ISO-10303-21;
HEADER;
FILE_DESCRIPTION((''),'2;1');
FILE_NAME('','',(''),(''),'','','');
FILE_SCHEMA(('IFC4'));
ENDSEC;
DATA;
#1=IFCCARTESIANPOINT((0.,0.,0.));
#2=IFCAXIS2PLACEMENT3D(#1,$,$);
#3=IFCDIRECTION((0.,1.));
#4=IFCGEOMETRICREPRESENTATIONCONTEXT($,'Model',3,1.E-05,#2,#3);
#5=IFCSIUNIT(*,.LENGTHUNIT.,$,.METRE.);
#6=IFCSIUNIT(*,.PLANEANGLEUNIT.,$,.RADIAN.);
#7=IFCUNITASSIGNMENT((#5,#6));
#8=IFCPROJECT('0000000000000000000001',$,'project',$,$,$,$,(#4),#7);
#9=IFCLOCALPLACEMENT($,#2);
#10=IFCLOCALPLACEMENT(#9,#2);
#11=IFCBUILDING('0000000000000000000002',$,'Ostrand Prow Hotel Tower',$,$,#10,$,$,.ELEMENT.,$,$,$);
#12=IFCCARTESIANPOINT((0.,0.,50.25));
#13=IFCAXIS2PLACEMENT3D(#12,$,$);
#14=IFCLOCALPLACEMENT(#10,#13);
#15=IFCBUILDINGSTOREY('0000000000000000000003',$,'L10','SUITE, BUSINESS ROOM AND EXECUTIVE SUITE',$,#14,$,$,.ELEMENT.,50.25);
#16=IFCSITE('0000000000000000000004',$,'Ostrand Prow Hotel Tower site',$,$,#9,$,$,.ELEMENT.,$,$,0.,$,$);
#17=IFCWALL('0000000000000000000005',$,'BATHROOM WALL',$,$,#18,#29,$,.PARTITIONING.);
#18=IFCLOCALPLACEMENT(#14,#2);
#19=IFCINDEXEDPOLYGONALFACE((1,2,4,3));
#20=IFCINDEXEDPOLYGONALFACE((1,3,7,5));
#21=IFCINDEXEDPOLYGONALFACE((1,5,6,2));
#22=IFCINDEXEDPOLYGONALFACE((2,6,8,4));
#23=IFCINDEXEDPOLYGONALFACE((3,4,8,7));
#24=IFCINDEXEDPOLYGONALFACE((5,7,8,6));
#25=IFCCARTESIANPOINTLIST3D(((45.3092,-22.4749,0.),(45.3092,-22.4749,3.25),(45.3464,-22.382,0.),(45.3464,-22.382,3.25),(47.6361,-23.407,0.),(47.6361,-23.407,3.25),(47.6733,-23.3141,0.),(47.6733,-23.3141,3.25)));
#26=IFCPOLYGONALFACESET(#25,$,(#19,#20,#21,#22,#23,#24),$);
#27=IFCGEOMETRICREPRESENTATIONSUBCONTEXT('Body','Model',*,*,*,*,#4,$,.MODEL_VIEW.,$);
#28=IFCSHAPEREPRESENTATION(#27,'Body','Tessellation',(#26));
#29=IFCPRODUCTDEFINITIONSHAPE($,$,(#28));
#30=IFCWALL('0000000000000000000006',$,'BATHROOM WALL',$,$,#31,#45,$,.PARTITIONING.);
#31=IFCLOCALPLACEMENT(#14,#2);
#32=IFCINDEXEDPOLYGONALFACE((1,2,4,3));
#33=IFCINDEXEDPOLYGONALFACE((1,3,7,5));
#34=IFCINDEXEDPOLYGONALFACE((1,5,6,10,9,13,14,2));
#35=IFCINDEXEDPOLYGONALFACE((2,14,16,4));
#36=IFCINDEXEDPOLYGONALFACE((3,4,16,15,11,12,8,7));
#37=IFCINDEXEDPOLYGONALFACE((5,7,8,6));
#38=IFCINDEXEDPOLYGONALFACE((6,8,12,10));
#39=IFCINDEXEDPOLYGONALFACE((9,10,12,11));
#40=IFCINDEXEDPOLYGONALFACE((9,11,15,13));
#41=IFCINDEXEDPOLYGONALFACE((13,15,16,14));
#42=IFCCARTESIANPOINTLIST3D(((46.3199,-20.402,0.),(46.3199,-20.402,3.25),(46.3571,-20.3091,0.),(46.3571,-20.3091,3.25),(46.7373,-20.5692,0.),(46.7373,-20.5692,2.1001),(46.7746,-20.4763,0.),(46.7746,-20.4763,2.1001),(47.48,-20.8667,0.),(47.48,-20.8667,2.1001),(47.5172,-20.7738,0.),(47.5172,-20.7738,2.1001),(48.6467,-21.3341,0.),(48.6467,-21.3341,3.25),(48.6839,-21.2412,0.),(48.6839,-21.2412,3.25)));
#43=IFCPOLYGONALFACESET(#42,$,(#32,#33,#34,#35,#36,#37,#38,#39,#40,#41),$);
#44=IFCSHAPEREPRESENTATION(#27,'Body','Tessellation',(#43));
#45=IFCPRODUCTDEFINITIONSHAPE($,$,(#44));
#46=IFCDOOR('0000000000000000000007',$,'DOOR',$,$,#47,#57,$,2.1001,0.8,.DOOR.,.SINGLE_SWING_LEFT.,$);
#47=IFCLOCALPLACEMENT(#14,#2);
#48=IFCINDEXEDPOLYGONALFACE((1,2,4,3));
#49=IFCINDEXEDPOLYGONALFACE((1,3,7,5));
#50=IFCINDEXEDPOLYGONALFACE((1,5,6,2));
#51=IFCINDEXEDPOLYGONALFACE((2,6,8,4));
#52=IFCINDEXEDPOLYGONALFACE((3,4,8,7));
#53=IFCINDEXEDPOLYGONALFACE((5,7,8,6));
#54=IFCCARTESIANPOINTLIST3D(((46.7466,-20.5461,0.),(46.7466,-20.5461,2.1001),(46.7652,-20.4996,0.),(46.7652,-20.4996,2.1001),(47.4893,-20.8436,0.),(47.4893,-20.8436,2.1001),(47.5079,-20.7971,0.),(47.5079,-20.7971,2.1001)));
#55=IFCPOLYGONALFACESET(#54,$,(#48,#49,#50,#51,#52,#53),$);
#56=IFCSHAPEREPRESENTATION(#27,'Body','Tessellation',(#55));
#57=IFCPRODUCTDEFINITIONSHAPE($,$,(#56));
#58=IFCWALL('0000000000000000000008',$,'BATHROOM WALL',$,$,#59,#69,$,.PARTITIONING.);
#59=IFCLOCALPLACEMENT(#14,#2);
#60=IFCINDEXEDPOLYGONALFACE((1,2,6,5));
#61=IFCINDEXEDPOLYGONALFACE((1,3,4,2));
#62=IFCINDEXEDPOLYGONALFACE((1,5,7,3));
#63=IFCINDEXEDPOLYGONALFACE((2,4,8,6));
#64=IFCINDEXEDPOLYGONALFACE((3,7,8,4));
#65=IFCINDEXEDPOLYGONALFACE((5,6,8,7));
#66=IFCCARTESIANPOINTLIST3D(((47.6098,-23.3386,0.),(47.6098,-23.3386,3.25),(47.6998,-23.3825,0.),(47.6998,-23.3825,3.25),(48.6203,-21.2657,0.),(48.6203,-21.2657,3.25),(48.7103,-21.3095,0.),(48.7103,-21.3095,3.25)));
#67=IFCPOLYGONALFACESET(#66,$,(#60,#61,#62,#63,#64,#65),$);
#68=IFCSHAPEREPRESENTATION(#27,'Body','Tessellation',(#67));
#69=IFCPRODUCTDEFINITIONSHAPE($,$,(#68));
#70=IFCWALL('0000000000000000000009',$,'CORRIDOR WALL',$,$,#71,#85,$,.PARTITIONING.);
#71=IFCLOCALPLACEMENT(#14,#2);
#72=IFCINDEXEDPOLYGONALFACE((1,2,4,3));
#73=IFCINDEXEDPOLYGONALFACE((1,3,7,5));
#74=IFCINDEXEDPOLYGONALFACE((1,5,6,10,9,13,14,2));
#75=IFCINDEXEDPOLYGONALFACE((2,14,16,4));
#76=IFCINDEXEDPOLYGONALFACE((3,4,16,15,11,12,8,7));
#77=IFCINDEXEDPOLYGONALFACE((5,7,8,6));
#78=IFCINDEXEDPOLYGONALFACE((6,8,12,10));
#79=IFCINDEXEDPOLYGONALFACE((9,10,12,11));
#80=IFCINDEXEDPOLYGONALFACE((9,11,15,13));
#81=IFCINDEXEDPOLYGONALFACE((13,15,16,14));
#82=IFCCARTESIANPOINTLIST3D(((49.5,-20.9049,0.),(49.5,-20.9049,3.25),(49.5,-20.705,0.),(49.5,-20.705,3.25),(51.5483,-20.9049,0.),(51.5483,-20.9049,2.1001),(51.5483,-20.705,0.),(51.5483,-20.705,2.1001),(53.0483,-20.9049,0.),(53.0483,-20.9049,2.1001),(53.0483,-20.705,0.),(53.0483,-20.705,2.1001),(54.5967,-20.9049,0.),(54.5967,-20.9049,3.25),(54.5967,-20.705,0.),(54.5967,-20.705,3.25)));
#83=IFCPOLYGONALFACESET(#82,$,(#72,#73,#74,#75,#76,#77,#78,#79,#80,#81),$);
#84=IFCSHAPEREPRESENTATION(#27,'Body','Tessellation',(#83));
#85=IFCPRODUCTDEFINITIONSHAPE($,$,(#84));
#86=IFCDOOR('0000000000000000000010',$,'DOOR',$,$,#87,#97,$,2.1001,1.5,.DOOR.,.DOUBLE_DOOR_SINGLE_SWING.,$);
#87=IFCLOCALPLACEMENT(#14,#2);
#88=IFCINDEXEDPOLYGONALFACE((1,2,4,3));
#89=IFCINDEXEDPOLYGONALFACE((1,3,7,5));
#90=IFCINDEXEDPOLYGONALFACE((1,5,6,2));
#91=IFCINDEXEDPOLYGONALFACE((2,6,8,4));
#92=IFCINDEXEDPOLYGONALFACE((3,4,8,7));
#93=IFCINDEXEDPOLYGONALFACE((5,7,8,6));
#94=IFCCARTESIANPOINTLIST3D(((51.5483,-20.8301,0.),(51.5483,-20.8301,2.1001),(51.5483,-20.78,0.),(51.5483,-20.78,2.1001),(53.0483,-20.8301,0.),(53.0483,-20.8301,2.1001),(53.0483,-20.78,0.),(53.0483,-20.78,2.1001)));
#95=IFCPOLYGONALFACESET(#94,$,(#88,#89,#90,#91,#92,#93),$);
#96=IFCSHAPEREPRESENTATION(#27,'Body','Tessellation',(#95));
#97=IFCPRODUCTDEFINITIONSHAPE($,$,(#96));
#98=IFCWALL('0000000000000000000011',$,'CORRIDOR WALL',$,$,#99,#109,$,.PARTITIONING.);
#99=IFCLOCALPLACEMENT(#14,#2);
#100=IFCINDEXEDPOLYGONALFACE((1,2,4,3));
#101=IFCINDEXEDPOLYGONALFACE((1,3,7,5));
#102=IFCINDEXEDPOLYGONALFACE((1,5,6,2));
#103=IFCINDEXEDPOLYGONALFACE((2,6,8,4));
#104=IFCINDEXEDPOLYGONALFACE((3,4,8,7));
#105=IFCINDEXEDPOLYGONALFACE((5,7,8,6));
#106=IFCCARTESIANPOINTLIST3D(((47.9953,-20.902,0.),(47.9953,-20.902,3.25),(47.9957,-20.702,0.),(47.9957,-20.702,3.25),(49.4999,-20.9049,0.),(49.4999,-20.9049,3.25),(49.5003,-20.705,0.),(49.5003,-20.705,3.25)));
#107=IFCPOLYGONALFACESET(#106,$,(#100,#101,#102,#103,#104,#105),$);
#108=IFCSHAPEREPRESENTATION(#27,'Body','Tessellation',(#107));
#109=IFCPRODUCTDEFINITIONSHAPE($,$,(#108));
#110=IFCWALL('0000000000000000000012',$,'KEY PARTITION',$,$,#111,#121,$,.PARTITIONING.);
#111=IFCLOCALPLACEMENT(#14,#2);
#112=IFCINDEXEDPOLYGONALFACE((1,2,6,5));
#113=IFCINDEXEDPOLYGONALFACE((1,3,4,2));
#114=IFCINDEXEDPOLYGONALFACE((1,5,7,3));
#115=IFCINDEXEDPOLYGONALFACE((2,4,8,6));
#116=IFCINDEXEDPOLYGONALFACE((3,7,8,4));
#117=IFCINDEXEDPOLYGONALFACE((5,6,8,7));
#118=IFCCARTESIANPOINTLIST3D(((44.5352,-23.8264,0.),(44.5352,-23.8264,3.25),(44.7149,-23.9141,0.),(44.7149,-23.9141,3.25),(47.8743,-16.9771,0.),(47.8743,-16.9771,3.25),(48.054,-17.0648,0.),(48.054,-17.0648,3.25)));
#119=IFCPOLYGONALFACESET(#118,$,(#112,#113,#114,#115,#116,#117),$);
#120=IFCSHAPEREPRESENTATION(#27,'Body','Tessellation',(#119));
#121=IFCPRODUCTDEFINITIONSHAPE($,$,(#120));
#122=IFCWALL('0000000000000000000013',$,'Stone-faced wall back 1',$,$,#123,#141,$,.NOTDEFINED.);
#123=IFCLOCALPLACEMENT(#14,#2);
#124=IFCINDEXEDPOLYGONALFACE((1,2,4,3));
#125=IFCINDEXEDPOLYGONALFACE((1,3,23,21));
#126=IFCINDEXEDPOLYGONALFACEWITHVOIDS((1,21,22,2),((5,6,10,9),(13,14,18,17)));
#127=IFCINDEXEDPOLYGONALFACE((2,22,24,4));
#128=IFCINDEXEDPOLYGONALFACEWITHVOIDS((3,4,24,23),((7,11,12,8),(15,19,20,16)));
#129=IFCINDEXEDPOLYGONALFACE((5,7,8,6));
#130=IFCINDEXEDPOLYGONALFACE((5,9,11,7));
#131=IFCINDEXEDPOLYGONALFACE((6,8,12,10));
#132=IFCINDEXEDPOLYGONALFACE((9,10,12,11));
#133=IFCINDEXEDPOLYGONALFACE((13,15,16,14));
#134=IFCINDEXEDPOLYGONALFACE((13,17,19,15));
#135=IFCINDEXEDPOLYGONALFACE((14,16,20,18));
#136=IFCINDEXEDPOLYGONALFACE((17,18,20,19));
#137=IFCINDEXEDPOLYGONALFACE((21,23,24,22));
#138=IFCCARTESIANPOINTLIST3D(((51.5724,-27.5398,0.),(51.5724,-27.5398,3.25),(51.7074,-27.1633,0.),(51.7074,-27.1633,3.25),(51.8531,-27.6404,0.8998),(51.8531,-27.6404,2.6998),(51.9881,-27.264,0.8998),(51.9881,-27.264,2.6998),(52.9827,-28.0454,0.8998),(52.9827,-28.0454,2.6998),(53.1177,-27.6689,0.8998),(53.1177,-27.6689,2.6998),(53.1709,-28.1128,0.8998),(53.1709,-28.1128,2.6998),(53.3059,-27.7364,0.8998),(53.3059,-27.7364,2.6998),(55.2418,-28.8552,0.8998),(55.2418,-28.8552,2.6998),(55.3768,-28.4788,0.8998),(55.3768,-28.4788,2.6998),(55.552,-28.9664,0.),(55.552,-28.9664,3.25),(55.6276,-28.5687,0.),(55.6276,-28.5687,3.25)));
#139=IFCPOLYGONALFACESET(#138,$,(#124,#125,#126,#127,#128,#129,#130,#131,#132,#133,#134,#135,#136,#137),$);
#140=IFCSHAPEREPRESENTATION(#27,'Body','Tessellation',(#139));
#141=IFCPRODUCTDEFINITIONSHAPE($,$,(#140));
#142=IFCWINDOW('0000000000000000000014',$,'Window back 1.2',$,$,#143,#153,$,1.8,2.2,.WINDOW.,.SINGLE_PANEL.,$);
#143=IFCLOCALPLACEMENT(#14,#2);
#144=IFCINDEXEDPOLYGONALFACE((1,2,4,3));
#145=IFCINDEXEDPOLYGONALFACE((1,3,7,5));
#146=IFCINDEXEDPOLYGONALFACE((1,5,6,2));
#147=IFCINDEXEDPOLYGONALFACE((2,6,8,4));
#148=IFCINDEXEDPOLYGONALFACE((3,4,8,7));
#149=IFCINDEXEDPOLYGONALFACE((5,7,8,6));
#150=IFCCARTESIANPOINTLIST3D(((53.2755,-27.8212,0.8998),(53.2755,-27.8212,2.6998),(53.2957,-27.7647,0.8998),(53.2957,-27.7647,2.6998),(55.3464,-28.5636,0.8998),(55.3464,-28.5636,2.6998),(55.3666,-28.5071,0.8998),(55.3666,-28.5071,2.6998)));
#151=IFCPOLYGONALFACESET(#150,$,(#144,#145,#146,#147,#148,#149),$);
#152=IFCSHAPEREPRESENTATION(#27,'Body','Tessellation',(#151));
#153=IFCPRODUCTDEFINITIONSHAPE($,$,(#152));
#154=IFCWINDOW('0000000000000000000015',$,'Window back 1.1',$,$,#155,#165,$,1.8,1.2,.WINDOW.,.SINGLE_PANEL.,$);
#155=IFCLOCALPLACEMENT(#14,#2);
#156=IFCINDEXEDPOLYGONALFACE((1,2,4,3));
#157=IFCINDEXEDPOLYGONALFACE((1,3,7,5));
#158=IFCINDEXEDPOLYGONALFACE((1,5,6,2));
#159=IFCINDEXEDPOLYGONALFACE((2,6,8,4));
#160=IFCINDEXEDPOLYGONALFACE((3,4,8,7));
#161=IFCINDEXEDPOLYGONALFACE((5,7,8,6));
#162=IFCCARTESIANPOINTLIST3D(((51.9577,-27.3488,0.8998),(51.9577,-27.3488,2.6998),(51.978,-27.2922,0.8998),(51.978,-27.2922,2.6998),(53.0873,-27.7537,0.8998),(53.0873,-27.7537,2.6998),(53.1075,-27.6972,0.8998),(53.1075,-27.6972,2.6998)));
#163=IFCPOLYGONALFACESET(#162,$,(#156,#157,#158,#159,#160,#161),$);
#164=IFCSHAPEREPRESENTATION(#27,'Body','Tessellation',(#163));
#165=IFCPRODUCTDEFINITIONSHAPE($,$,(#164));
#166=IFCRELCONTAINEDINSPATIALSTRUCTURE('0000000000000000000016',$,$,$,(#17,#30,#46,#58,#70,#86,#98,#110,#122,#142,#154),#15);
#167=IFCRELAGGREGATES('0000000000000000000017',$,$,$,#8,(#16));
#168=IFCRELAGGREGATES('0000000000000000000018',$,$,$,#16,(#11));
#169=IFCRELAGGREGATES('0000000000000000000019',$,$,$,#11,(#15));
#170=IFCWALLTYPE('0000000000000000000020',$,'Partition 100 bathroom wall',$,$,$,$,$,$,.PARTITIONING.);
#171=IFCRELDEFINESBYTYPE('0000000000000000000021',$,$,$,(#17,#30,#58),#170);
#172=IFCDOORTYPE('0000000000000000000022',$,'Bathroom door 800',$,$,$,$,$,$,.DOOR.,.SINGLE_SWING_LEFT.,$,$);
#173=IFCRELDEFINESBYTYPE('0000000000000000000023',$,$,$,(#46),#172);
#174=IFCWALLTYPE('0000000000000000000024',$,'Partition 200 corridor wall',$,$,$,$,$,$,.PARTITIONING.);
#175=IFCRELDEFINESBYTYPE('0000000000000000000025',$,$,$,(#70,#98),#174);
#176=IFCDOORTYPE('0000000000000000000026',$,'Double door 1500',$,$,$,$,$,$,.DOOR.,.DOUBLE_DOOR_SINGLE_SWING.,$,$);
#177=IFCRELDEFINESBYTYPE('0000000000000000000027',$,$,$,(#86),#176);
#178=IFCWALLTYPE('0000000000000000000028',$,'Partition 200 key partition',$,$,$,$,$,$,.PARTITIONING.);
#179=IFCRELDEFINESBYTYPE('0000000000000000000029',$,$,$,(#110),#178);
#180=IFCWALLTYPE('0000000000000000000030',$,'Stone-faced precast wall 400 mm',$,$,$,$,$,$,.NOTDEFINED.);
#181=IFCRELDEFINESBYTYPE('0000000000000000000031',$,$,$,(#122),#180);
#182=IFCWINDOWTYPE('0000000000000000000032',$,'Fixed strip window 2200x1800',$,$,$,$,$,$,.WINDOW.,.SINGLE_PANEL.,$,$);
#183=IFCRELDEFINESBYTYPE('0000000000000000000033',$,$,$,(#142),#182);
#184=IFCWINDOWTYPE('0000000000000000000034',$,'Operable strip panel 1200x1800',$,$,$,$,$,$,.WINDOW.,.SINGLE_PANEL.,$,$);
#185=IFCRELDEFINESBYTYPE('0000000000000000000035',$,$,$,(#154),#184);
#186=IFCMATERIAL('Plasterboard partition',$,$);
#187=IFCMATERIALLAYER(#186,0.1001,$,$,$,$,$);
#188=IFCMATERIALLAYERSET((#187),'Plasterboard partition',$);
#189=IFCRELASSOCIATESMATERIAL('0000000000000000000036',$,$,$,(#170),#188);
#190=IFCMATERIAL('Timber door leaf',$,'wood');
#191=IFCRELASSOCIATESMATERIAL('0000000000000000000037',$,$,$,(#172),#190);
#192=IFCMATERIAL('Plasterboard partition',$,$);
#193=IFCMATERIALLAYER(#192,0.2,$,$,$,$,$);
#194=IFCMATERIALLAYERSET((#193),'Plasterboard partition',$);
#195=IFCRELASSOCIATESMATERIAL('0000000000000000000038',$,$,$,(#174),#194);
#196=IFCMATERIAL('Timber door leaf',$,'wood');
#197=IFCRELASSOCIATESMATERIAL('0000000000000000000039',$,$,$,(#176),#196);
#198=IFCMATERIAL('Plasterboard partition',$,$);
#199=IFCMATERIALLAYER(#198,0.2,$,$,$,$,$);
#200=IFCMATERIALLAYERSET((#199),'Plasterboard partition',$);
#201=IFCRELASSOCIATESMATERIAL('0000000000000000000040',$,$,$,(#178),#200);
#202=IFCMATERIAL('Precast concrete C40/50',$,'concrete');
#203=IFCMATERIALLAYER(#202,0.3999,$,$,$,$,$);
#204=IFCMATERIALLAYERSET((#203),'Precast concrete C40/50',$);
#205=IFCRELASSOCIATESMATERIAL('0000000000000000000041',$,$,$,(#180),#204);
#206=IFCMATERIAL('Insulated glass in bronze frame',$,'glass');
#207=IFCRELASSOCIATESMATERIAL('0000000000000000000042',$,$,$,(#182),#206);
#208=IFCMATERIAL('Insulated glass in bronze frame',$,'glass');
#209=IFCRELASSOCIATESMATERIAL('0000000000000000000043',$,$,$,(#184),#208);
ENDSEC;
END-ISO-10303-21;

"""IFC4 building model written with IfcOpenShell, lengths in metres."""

from ifc_helpers import new_model, si_unit, direction, frame, frame_2d, origin, place, context, subcontext, project, spatial, polyline, rectangle, outline, extrude, material, layer, layer_set, type_object, element, fill, save


model = new_model("IFC4")

# Units and contexts
model_context = context("Model", 3, precision=1e-05, world=origin(), true_north=direction((0.0, 1.0)))
body_context = subcontext(model_context, "Body", "Model", "MODEL_VIEW")
ifc_project = project(units=[si_unit("LENGTHUNIT", "METRE"), si_unit("PLANEANGLEUNIT", "RADIAN")], contexts=[model_context])

# Site, building, storey
site_placement = place(None, origin())
site = spatial("IfcSite", under=ifc_project, at=site_placement, Name="Ostrand Prow Hotel Tower site", CompositionType="ELEMENT", RefElevation=0.0)
building_placement = place(site_placement, origin())
building = spatial("IfcBuilding", under=site, at=building_placement, Name="Ostrand Prow Hotel Tower", CompositionType="ELEMENT")
storey_placement = place(building_placement, frame((0.0, 0.0, 50.25)))
storey = spatial("IfcBuildingStorey", under=building, at=storey_placement, Name="L10", Description="SUITE, BUSINESS ROOM AND EXECUTIVE SUITE", CompositionType="ELEMENT", Elevation=50.25)

# Wall
ifc_material_1 = material(Name="Plasterboard partition")
ifc_layer_1 = layer(ifc_material_1, 0.1001)
ifc_layer_set_1 = layer_set([ifc_layer_1], Name="Plasterboard partition")
wall_type_1 = type_object("IfcWallType", Name="Partition 100 bathroom wall", PredefinedType="PARTITIONING", material=ifc_layer_set_1)
wall_1_placement = place(storey_placement, frame((47.6548, -23.3606, 0.0), z_axis=(0.0, 0.0, 1.0), x_axis=(-0.928288, 0.371861, 0.0)))
element("IfcWall", 1, at=wall_1_placement, inside=storey, type_object=wall_type_1, Name="BATHROOM WALL", PredefinedType="PARTITIONING", context=body_context, shape_type="SweptSolid", body=[
    extrude(rectangle(XDim=2.5066, YDim=0.1001, at=frame_2d((1.2534, 0.0))), origin(), (0.0, 0.0, 1.0), 3.25),
])

# Wall, opening, door
wall_2_placement = place(storey_placement, frame((46.3384, -20.3555, 0.0), z_axis=(0.0, 0.0, 1.0), x_axis=(0.928288, -0.371861, 0.0)))
wall_2 = element("IfcWall", 2, at=wall_2_placement, inside=storey, type_object=wall_type_1, Name="BATHROOM WALL", PredefinedType="PARTITIONING", context=body_context, shape_type="SweptSolid", body=[
    extrude(rectangle(XDim=2.5066, YDim=0.1001, at=frame_2d((1.2534, 0.0))), origin(), (0.0, 0.0, 1.0), 3.25),
])
opening_1_placement = place(wall_2_placement, frame((0.45, 0.0, 0.0)))
opening_1 = element("IfcOpeningElement", 3, at=opening_1_placement, cuts=wall_2, PredefinedType="OPENING", context=body_context, shape_type="SweptSolid", body=[
    extrude(rectangle(XDim=0.8, YDim=2.1001, at=frame_2d((0.3999, 1.05))), frame((0.0, 0.0601, 0.0), z_axis=(0.0, -1.0, 0.0), x_axis=(1.0, 0.0, 0.0)), (0.0, 0.0, 1.0), 0.1201),
])
ifc_material_2 = material(Name="Timber door leaf", Category="wood")
door_type_1 = type_object("IfcDoorType", Name="Bathroom door 800", OperationType="SINGLE_SWING_LEFT", PredefinedType="DOOR", material=ifc_material_2)
door_1_placement = place(opening_1_placement, origin())
door_1 = element("IfcDoor", 4, at=door_1_placement, inside=storey, type_object=door_type_1, Name="DOOR", OperationType="SINGLE_SWING_LEFT", OverallHeight=2.1001, OverallWidth=0.8, PredefinedType="DOOR", context=body_context, shape_type="SweptSolid", body=[
    extrude(rectangle(XDim=0.8, YDim=2.1001, at=frame_2d((0.3999, 1.05))), frame((0.0, 0.0249, 0.0), z_axis=(0.0, -1.0, 0.0), x_axis=(1.0, 0.0, 0.0)), (0.0, 0.0, 1.0), 0.05),
])
fill(opening_1, door_1)

# Wall
wall_3_placement = place(storey_placement, frame((48.6653, -21.2876, 0.0), z_axis=(0.0, 0.0, 1.0), x_axis=(-0.438171, -0.898892, 0.0)))
element("IfcWall", 5, at=wall_3_placement, inside=storey, type_object=wall_type_1, Name="BATHROOM WALL", PredefinedType="PARTITIONING", context=body_context, shape_type="SweptSolid", body=[
    extrude(rectangle(XDim=2.3062, YDim=0.1001, at=frame_2d((1.1531, 0.0))), origin(), (0.0, 0.0, 1.0), 3.25),
])

# Wall, opening, door
ifc_material_3 = material(Name="Plasterboard partition")
ifc_layer_2 = layer(ifc_material_3, 0.2)
ifc_layer_set_2 = layer_set([ifc_layer_2], Name="Plasterboard partition")
wall_type_2 = type_object("IfcWallType", Name="Partition 200 corridor wall", PredefinedType="PARTITIONING", material=ifc_layer_set_2)
wall_4_placement = place(storey_placement, frame((49.5, -20.8049, 0.0), z_axis=(0.0, 0.0, 1.0), x_axis=(1.0, 0.0, 0.0)))
wall_4 = element("IfcWall", 6, at=wall_4_placement, inside=storey, type_object=wall_type_2, Name="CORRIDOR WALL", PredefinedType="PARTITIONING", context=body_context, shape_type="SweptSolid", body=[
    extrude(rectangle(XDim=5.0967, YDim=0.2, at=frame_2d((2.5483, 0.0))), origin(), (0.0, 0.0, 1.0), 3.25),
])
opening_2_placement = place(wall_4_placement, frame((2.0483, 0.0, 0.0)))
opening_2 = element("IfcOpeningElement", 7, at=opening_2_placement, cuts=wall_4, PredefinedType="OPENING", context=body_context, shape_type="SweptSolid", body=[
    extrude(rectangle(XDim=1.5, YDim=2.1001, at=frame_2d((0.75, 1.05))), frame((0.0, 0.1099, 0.0), z_axis=(0.0, -1.0, 0.0), x_axis=(1.0, 0.0, 0.0)), (0.0, 0.0, 1.0), 0.22),
])
ifc_material_4 = material(Name="Timber door leaf", Category="wood")
door_type_2 = type_object("IfcDoorType", Name="Double door 1500", OperationType="DOUBLE_DOOR_SINGLE_SWING", PredefinedType="DOOR", material=ifc_material_4)
door_2_placement = place(opening_2_placement, origin())
door_2 = element("IfcDoor", 8, at=door_2_placement, inside=storey, type_object=door_type_2, Name="DOOR", OperationType="DOUBLE_DOOR_SINGLE_SWING", OverallHeight=2.1001, OverallWidth=1.5, PredefinedType="DOOR", context=body_context, shape_type="SweptSolid", body=[
    extrude(rectangle(XDim=1.5, YDim=2.1001, at=frame_2d((0.75, 1.05))), frame((0.0, 0.0249, 0.0), z_axis=(0.0, -1.0, 0.0), x_axis=(1.0, 0.0, 0.0)), (0.0, 0.0, 1.0), 0.05),
])
fill(opening_2, door_2)

# Walls
wall_5_placement = place(storey_placement, frame((47.9954, -20.802, 0.0), z_axis=(0.0, 0.0, 1.0), x_axis=(0.999998, -0.001947, 0.0)))
element("IfcWall", 9, at=wall_5_placement, inside=storey, type_object=wall_type_2, Name="CORRIDOR WALL", PredefinedType="PARTITIONING", context=body_context, shape_type="SweptSolid", body=[
    extrude(rectangle(XDim=1.5046, YDim=0.2, at=frame_2d((0.7524, 0.0))), origin(), (0.0, 0.0, 1.0), 3.25),
])
ifc_material_5 = material(Name="Plasterboard partition")
ifc_layer_3 = layer(ifc_material_5, 0.2)
ifc_layer_set_3 = layer_set([ifc_layer_3], Name="Plasterboard partition")
wall_type_3 = type_object("IfcWallType", Name="Partition 200 key partition", PredefinedType="PARTITIONING", material=ifc_layer_set_3)
wall_6_placement = place(storey_placement, frame((44.625, -23.8704, 0.0), z_axis=(0.0, 0.0, 1.0), x_axis=(0.438207, 0.898874, 0.0)))
element("IfcWall", 10, at=wall_6_placement, inside=storey, type_object=wall_type_3, Name="KEY PARTITION", PredefinedType="PARTITIONING", context=body_context, shape_type="SweptSolid", body=[
    extrude(rectangle(XDim=7.6199, YDim=0.2, at=frame_2d((3.8101, 0.0))), origin(), (0.0, 0.0, 1.0), 3.25),
])

# Wall, openings, windows
ifc_material_6 = material(Name="Precast concrete C40/50", Category="concrete")
ifc_layer_4 = layer(ifc_material_6, 0.3999)
ifc_layer_set_4 = layer_set([ifc_layer_4], Name="Precast concrete C40/50")
wall_type_4 = type_object("IfcWallType", Name="Stone-faced precast wall 400 mm", PredefinedType="NOTDEFINED", material=ifc_layer_set_4)
wall_7_placement = place(storey_placement, frame((51.6399, -27.3516, 0.0), z_axis=(0.0, 0.0, 1.0), x_axis=(0.94134, -0.33746, 0.0)))
wall_7 = element("IfcWall", 11, at=wall_7_placement, inside=storey, type_object=wall_type_4, Name="Stone-faced wall back 1", PredefinedType="NOTDEFINED", context=body_context, shape_type="SweptSolid", body=[
    extrude(outline(polyline([(0.0, -0.2), (4.2275, -0.2), (4.1646, 0.2), (0.0, 0.2), (0.0, -0.2)])), origin(), (0.0, 0.0, 1.0), 3.25),
])
opening_3_placement = place(wall_7_placement, frame((0.2981, 0.0, 0.8999)))
opening_3 = element("IfcOpeningElement", 12, at=opening_3_placement, cuts=wall_7, PredefinedType="OPENING", context=body_context, shape_type="SweptSolid", body=[
    extrude(rectangle(XDim=1.2, YDim=1.8, at=frame_2d((0.6001, 0.8999))), frame((0.0, 0.21, 0.0), z_axis=(0.0, -1.0, 0.0), x_axis=(1.0, 0.0, 0.0)), (0.0, 0.0, 1.0), 0.4199),
])
opening_4_placement = place(wall_7_placement, frame((1.698, 0.0, 0.8999)))
opening_4 = element("IfcOpeningElement", 13, at=opening_4_placement, cuts=wall_7, PredefinedType="OPENING", context=body_context, shape_type="SweptSolid", body=[
    extrude(rectangle(XDim=2.2, YDim=1.8, at=frame_2d((1.1001, 0.8999))), frame((0.0, 0.21, 0.0), z_axis=(0.0, -1.0, 0.0), x_axis=(1.0, 0.0, 0.0)), (0.0, 0.0, 1.0), 0.4199),
])
ifc_material_7 = material(Name="Insulated glass in bronze frame", Category="glass")
window_type_1 = type_object("IfcWindowType", Name="Fixed strip window 2200x1800", PartitioningType="SINGLE_PANEL", PredefinedType="WINDOW", material=ifc_material_7)
window_1_placement = place(opening_4_placement, origin())
window_1 = element("IfcWindow", 14, at=window_1_placement, inside=storey, type_object=window_type_1, Name="Window back 1.2", OverallHeight=1.8, OverallWidth=2.2, PartitioningType="SINGLE_PANEL", PredefinedType="WINDOW", context=body_context, shape_type="SweptSolid", body=[
    extrude(rectangle(XDim=2.2, YDim=1.8, at=frame_2d((1.1001, 0.8999))), frame((0.0, 0.1699, 0.0), z_axis=(0.0, -1.0, 0.0), x_axis=(1.0, 0.0, 0.0)), (0.0, 0.0, 1.0), 0.0601),
])
fill(opening_4, window_1)
ifc_material_8 = material(Name="Insulated glass in bronze frame", Category="glass")
window_type_2 = type_object("IfcWindowType", Name="Operable strip panel 1200x1800", PartitioningType="SINGLE_PANEL", PredefinedType="WINDOW", material=ifc_material_8)
window_2_placement = place(opening_3_placement, origin())
window_2 = element("IfcWindow", 15, at=window_2_placement, inside=storey, type_object=window_type_2, Name="Window back 1.1", OverallHeight=1.8, OverallWidth=1.2, PartitioningType="SINGLE_PANEL", PredefinedType="WINDOW", context=body_context, shape_type="SweptSolid", body=[
    extrude(rectangle(XDim=1.2, YDim=1.8, at=frame_2d((0.6001, 0.8999))), frame((0.0, 0.1699, 0.0), z_axis=(0.0, -1.0, 0.0), x_axis=(1.0, 0.0, 0.0)), (0.0, 0.0, 1.0), 0.0601),
])
fill(opening_3, window_2)

save(model, "model.ifc")
